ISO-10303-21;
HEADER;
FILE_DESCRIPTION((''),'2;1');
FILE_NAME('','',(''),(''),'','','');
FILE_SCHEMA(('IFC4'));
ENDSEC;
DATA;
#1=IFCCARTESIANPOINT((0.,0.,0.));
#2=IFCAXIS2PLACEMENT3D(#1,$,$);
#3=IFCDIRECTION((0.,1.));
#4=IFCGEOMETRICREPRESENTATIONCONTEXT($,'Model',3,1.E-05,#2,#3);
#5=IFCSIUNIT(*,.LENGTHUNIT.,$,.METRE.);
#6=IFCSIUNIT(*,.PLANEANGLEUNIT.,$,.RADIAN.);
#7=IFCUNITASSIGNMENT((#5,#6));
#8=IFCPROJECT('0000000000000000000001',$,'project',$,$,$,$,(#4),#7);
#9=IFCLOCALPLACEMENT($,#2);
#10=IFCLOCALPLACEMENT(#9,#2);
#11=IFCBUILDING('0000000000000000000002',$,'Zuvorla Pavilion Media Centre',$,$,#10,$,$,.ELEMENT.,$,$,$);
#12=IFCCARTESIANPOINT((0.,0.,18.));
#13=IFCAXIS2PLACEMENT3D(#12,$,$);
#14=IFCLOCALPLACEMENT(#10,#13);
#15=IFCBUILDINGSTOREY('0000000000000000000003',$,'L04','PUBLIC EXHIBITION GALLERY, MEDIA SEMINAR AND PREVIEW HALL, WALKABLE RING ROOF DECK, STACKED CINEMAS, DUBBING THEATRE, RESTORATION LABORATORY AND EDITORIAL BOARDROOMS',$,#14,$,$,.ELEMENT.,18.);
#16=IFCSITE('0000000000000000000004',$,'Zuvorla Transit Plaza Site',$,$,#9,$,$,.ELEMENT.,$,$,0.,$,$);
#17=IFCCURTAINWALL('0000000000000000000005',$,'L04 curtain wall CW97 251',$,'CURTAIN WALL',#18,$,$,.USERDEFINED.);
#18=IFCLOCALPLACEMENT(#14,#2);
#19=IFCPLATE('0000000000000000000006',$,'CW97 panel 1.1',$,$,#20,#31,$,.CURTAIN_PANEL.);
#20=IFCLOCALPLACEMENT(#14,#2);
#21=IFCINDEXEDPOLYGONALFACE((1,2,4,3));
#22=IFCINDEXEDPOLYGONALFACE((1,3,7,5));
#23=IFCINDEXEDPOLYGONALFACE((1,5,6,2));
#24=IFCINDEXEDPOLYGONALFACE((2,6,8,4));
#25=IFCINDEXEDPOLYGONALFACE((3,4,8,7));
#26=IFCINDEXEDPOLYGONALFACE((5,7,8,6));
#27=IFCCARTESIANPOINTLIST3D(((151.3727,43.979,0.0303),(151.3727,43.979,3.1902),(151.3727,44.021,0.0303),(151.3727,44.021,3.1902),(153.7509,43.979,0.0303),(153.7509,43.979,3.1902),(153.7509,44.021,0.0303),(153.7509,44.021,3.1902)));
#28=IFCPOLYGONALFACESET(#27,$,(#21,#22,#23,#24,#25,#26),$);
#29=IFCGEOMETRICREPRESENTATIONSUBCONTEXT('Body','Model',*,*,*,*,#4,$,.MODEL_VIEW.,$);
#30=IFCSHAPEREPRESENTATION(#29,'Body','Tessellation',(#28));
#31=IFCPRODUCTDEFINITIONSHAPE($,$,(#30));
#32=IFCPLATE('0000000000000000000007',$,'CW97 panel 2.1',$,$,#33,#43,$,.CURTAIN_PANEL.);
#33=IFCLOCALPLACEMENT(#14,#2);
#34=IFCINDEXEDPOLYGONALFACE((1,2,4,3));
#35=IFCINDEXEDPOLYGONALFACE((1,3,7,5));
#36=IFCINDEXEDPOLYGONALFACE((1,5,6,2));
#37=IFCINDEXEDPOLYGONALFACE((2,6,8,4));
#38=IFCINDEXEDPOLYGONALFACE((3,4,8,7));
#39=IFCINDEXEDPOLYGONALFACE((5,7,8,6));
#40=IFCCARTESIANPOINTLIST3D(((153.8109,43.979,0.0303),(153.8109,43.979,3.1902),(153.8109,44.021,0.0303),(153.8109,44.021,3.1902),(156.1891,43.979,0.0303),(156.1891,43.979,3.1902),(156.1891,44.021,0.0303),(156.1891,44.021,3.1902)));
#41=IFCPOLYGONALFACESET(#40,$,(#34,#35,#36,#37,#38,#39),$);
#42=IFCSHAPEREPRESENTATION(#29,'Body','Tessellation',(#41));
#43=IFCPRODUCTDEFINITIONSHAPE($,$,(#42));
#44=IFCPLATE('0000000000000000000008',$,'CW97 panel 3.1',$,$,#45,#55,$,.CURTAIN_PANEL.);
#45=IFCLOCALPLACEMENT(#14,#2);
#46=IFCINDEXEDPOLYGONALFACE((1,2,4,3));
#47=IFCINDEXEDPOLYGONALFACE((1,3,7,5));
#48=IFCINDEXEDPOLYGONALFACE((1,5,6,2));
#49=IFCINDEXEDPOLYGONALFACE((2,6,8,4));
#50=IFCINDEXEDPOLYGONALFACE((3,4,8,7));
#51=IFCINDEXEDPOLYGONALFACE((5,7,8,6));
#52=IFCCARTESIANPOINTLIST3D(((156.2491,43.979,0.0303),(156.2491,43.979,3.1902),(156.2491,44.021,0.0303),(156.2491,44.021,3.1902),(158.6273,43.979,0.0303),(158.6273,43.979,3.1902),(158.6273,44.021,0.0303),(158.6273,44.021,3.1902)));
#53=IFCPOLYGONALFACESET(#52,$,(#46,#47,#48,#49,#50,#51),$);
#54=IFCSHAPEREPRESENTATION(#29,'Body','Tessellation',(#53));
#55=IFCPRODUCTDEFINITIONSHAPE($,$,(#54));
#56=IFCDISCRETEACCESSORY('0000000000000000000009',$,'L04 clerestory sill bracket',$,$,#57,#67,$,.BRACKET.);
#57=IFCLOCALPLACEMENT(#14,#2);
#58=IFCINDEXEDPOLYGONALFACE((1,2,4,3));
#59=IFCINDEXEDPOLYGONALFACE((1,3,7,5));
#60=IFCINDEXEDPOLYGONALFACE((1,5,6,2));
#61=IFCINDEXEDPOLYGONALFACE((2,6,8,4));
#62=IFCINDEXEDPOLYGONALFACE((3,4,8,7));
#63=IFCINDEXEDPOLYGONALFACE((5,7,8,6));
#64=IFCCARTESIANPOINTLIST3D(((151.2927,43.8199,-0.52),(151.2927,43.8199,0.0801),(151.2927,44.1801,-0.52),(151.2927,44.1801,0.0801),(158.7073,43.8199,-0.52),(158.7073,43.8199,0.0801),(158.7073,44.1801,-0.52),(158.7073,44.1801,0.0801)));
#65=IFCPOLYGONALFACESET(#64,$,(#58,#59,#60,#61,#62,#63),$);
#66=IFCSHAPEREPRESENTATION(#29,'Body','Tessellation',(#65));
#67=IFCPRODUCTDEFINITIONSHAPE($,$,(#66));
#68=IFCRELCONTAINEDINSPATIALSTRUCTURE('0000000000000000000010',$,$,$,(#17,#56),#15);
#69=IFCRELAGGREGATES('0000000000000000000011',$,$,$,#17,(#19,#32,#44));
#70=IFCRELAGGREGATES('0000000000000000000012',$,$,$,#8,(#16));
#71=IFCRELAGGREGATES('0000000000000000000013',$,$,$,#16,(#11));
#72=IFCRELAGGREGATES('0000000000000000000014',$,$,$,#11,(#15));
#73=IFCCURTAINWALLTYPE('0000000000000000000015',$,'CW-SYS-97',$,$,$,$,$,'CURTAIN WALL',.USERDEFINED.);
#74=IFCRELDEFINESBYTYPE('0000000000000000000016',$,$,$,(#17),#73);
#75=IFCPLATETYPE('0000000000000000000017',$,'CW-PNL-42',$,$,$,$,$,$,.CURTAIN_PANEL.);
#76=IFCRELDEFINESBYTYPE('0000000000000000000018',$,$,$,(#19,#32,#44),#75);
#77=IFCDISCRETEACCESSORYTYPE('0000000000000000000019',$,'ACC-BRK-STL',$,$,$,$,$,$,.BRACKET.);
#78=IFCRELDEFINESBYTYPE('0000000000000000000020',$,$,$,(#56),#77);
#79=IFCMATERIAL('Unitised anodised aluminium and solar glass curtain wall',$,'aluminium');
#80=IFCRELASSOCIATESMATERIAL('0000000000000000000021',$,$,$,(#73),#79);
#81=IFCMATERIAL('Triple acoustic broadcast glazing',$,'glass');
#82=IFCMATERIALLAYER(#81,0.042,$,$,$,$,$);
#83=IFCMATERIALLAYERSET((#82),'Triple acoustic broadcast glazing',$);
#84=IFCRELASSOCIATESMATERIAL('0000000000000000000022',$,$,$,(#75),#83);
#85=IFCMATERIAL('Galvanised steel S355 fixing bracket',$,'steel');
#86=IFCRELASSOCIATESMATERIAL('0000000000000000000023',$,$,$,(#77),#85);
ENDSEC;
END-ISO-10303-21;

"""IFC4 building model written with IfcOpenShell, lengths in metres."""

from ifc_helpers import new_model, si_unit, direction, frame, origin, origin_2d, place, context, subcontext, project, spatial, rectangle, extrude, material, layer, layer_set, type_object, element, aggregate, save


model = new_model("IFC4")

# Units and contexts
model_context = context("Model", 3, precision=1e-05, world=origin(), true_north=direction((0.0, 1.0)))
body_context = subcontext(model_context, "Body", "Model", "MODEL_VIEW")
ifc_project = project(units=[si_unit("LENGTHUNIT", "METRE"), si_unit("PLANEANGLEUNIT", "RADIAN")], contexts=[model_context])

# Site, building, storey
site_placement = place(None, origin())
site = spatial("IfcSite", under=ifc_project, at=site_placement, Name="Zuvorla Transit Plaza Site", CompositionType="ELEMENT", RefElevation=0.0)
building_placement = place(site_placement, origin())
building = spatial("IfcBuilding", under=site, at=building_placement, Name="Zuvorla Pavilion Media Centre", CompositionType="ELEMENT")
storey_placement = place(building_placement, frame((0.0, 0.0, 18.0)))
storey = spatial("IfcBuildingStorey", under=building, at=storey_placement, Name="L04", Description="PUBLIC EXHIBITION GALLERY, MEDIA SEMINAR AND PREVIEW HALL, WALKABLE RING ROOF DECK, STACKED CINEMAS, DUBBING THEATRE, RESTORATION LABORATORY AND EDITORIAL BOARDROOMS", CompositionType="ELEMENT", Elevation=18.0)

# Shared definitions
ifc_material_1 = material(Name="Unitised anodised aluminium and solar glass curtain wall", Category="aluminium")

# Curtain wall
curtain_wall_type_1 = type_object("IfcCurtainWallType", Name="CW-SYS-97", ElementType="CURTAIN WALL", PredefinedType="USERDEFINED", material=ifc_material_1)
curtain_wall_1_placement = place(storey_placement, origin())
curtain_wall_1 = element("IfcCurtainWall", 1, at=curtain_wall_1_placement, inside=storey, type_object=curtain_wall_type_1, Name="L04 curtain wall CW97 251", ObjectType="CURTAIN WALL", PredefinedType="USERDEFINED")

# Plates
ifc_material_2 = material(Name="Triple acoustic broadcast glazing", Category="glass")
ifc_layer = layer(ifc_material_2, 0.042)
ifc_layer_set = layer_set([ifc_layer], Name="Triple acoustic broadcast glazing")
plate_type = type_object("IfcPlateType", Name="CW-PNL-42", PredefinedType="CURTAIN_PANEL", material=ifc_layer_set)
plate_1_placement = place(storey_placement, frame((152.5618, 44.0, 0.0303), z_axis=(0.0, 0.0, 1.0), x_axis=(1.0, 0.0, 0.0)))
plate_1 = element("IfcPlate", 2, at=plate_1_placement, type_object=plate_type, Name="CW97 panel 1.1", PredefinedType="CURTAIN_PANEL", context=body_context, shape_type="SweptSolid", body=[
    extrude(rectangle(XDim=2.3782, YDim=0.042, at=origin_2d()), origin(), (0.0, 0.0, 1.0), 3.1599),
])
plate_2_placement = place(storey_placement, frame((155.0, 44.0, 0.0303), z_axis=(0.0, 0.0, 1.0), x_axis=(1.0, 0.0, 0.0)))
plate_2 = element("IfcPlate", 3, at=plate_2_placement, type_object=plate_type, Name="CW97 panel 2.1", PredefinedType="CURTAIN_PANEL", context=body_context, shape_type="SweptSolid", body=[
    extrude(rectangle(XDim=2.3782, YDim=0.042, at=origin_2d()), origin(), (0.0, 0.0, 1.0), 3.1599),
])
plate_3_placement = place(storey_placement, frame((157.4382, 44.0, 0.0303), z_axis=(0.0, 0.0, 1.0), x_axis=(1.0, 0.0, 0.0)))
plate_3 = element("IfcPlate", 4, at=plate_3_placement, type_object=plate_type, Name="CW97 panel 3.1", PredefinedType="CURTAIN_PANEL", context=body_context, shape_type="SweptSolid", body=[
    extrude(rectangle(XDim=2.3782, YDim=0.042, at=origin_2d()), origin(), (0.0, 0.0, 1.0), 3.1599),
])
aggregate(curtain_wall_1, [plate_1, plate_2, plate_3])

# Discrete accessory
ifc_material_3 = material(Name="Galvanised steel S355 fixing bracket", Category="steel")
discrete_accessory_type = type_object("IfcDiscreteAccessoryType", Name="ACC-BRK-STL", PredefinedType="BRACKET", material=ifc_material_3)
discrete_accessory_placement = place(storey_placement, frame((155.0, 44.0, -0.52), z_axis=(0.0, 0.0, 1.0), x_axis=(1.0, 0.0, 0.0)))
element("IfcDiscreteAccessory", 5, at=discrete_accessory_placement, inside=storey, type_object=discrete_accessory_type, Name="L04 clerestory sill bracket", PredefinedType="BRACKET", context=body_context, shape_type="SweptSolid", body=[
    extrude(rectangle(XDim=7.4146, YDim=0.3601, at=origin_2d()), origin(), (0.0, 0.0, 1.0), 0.6001),
])

save(model, "model.ifc")
